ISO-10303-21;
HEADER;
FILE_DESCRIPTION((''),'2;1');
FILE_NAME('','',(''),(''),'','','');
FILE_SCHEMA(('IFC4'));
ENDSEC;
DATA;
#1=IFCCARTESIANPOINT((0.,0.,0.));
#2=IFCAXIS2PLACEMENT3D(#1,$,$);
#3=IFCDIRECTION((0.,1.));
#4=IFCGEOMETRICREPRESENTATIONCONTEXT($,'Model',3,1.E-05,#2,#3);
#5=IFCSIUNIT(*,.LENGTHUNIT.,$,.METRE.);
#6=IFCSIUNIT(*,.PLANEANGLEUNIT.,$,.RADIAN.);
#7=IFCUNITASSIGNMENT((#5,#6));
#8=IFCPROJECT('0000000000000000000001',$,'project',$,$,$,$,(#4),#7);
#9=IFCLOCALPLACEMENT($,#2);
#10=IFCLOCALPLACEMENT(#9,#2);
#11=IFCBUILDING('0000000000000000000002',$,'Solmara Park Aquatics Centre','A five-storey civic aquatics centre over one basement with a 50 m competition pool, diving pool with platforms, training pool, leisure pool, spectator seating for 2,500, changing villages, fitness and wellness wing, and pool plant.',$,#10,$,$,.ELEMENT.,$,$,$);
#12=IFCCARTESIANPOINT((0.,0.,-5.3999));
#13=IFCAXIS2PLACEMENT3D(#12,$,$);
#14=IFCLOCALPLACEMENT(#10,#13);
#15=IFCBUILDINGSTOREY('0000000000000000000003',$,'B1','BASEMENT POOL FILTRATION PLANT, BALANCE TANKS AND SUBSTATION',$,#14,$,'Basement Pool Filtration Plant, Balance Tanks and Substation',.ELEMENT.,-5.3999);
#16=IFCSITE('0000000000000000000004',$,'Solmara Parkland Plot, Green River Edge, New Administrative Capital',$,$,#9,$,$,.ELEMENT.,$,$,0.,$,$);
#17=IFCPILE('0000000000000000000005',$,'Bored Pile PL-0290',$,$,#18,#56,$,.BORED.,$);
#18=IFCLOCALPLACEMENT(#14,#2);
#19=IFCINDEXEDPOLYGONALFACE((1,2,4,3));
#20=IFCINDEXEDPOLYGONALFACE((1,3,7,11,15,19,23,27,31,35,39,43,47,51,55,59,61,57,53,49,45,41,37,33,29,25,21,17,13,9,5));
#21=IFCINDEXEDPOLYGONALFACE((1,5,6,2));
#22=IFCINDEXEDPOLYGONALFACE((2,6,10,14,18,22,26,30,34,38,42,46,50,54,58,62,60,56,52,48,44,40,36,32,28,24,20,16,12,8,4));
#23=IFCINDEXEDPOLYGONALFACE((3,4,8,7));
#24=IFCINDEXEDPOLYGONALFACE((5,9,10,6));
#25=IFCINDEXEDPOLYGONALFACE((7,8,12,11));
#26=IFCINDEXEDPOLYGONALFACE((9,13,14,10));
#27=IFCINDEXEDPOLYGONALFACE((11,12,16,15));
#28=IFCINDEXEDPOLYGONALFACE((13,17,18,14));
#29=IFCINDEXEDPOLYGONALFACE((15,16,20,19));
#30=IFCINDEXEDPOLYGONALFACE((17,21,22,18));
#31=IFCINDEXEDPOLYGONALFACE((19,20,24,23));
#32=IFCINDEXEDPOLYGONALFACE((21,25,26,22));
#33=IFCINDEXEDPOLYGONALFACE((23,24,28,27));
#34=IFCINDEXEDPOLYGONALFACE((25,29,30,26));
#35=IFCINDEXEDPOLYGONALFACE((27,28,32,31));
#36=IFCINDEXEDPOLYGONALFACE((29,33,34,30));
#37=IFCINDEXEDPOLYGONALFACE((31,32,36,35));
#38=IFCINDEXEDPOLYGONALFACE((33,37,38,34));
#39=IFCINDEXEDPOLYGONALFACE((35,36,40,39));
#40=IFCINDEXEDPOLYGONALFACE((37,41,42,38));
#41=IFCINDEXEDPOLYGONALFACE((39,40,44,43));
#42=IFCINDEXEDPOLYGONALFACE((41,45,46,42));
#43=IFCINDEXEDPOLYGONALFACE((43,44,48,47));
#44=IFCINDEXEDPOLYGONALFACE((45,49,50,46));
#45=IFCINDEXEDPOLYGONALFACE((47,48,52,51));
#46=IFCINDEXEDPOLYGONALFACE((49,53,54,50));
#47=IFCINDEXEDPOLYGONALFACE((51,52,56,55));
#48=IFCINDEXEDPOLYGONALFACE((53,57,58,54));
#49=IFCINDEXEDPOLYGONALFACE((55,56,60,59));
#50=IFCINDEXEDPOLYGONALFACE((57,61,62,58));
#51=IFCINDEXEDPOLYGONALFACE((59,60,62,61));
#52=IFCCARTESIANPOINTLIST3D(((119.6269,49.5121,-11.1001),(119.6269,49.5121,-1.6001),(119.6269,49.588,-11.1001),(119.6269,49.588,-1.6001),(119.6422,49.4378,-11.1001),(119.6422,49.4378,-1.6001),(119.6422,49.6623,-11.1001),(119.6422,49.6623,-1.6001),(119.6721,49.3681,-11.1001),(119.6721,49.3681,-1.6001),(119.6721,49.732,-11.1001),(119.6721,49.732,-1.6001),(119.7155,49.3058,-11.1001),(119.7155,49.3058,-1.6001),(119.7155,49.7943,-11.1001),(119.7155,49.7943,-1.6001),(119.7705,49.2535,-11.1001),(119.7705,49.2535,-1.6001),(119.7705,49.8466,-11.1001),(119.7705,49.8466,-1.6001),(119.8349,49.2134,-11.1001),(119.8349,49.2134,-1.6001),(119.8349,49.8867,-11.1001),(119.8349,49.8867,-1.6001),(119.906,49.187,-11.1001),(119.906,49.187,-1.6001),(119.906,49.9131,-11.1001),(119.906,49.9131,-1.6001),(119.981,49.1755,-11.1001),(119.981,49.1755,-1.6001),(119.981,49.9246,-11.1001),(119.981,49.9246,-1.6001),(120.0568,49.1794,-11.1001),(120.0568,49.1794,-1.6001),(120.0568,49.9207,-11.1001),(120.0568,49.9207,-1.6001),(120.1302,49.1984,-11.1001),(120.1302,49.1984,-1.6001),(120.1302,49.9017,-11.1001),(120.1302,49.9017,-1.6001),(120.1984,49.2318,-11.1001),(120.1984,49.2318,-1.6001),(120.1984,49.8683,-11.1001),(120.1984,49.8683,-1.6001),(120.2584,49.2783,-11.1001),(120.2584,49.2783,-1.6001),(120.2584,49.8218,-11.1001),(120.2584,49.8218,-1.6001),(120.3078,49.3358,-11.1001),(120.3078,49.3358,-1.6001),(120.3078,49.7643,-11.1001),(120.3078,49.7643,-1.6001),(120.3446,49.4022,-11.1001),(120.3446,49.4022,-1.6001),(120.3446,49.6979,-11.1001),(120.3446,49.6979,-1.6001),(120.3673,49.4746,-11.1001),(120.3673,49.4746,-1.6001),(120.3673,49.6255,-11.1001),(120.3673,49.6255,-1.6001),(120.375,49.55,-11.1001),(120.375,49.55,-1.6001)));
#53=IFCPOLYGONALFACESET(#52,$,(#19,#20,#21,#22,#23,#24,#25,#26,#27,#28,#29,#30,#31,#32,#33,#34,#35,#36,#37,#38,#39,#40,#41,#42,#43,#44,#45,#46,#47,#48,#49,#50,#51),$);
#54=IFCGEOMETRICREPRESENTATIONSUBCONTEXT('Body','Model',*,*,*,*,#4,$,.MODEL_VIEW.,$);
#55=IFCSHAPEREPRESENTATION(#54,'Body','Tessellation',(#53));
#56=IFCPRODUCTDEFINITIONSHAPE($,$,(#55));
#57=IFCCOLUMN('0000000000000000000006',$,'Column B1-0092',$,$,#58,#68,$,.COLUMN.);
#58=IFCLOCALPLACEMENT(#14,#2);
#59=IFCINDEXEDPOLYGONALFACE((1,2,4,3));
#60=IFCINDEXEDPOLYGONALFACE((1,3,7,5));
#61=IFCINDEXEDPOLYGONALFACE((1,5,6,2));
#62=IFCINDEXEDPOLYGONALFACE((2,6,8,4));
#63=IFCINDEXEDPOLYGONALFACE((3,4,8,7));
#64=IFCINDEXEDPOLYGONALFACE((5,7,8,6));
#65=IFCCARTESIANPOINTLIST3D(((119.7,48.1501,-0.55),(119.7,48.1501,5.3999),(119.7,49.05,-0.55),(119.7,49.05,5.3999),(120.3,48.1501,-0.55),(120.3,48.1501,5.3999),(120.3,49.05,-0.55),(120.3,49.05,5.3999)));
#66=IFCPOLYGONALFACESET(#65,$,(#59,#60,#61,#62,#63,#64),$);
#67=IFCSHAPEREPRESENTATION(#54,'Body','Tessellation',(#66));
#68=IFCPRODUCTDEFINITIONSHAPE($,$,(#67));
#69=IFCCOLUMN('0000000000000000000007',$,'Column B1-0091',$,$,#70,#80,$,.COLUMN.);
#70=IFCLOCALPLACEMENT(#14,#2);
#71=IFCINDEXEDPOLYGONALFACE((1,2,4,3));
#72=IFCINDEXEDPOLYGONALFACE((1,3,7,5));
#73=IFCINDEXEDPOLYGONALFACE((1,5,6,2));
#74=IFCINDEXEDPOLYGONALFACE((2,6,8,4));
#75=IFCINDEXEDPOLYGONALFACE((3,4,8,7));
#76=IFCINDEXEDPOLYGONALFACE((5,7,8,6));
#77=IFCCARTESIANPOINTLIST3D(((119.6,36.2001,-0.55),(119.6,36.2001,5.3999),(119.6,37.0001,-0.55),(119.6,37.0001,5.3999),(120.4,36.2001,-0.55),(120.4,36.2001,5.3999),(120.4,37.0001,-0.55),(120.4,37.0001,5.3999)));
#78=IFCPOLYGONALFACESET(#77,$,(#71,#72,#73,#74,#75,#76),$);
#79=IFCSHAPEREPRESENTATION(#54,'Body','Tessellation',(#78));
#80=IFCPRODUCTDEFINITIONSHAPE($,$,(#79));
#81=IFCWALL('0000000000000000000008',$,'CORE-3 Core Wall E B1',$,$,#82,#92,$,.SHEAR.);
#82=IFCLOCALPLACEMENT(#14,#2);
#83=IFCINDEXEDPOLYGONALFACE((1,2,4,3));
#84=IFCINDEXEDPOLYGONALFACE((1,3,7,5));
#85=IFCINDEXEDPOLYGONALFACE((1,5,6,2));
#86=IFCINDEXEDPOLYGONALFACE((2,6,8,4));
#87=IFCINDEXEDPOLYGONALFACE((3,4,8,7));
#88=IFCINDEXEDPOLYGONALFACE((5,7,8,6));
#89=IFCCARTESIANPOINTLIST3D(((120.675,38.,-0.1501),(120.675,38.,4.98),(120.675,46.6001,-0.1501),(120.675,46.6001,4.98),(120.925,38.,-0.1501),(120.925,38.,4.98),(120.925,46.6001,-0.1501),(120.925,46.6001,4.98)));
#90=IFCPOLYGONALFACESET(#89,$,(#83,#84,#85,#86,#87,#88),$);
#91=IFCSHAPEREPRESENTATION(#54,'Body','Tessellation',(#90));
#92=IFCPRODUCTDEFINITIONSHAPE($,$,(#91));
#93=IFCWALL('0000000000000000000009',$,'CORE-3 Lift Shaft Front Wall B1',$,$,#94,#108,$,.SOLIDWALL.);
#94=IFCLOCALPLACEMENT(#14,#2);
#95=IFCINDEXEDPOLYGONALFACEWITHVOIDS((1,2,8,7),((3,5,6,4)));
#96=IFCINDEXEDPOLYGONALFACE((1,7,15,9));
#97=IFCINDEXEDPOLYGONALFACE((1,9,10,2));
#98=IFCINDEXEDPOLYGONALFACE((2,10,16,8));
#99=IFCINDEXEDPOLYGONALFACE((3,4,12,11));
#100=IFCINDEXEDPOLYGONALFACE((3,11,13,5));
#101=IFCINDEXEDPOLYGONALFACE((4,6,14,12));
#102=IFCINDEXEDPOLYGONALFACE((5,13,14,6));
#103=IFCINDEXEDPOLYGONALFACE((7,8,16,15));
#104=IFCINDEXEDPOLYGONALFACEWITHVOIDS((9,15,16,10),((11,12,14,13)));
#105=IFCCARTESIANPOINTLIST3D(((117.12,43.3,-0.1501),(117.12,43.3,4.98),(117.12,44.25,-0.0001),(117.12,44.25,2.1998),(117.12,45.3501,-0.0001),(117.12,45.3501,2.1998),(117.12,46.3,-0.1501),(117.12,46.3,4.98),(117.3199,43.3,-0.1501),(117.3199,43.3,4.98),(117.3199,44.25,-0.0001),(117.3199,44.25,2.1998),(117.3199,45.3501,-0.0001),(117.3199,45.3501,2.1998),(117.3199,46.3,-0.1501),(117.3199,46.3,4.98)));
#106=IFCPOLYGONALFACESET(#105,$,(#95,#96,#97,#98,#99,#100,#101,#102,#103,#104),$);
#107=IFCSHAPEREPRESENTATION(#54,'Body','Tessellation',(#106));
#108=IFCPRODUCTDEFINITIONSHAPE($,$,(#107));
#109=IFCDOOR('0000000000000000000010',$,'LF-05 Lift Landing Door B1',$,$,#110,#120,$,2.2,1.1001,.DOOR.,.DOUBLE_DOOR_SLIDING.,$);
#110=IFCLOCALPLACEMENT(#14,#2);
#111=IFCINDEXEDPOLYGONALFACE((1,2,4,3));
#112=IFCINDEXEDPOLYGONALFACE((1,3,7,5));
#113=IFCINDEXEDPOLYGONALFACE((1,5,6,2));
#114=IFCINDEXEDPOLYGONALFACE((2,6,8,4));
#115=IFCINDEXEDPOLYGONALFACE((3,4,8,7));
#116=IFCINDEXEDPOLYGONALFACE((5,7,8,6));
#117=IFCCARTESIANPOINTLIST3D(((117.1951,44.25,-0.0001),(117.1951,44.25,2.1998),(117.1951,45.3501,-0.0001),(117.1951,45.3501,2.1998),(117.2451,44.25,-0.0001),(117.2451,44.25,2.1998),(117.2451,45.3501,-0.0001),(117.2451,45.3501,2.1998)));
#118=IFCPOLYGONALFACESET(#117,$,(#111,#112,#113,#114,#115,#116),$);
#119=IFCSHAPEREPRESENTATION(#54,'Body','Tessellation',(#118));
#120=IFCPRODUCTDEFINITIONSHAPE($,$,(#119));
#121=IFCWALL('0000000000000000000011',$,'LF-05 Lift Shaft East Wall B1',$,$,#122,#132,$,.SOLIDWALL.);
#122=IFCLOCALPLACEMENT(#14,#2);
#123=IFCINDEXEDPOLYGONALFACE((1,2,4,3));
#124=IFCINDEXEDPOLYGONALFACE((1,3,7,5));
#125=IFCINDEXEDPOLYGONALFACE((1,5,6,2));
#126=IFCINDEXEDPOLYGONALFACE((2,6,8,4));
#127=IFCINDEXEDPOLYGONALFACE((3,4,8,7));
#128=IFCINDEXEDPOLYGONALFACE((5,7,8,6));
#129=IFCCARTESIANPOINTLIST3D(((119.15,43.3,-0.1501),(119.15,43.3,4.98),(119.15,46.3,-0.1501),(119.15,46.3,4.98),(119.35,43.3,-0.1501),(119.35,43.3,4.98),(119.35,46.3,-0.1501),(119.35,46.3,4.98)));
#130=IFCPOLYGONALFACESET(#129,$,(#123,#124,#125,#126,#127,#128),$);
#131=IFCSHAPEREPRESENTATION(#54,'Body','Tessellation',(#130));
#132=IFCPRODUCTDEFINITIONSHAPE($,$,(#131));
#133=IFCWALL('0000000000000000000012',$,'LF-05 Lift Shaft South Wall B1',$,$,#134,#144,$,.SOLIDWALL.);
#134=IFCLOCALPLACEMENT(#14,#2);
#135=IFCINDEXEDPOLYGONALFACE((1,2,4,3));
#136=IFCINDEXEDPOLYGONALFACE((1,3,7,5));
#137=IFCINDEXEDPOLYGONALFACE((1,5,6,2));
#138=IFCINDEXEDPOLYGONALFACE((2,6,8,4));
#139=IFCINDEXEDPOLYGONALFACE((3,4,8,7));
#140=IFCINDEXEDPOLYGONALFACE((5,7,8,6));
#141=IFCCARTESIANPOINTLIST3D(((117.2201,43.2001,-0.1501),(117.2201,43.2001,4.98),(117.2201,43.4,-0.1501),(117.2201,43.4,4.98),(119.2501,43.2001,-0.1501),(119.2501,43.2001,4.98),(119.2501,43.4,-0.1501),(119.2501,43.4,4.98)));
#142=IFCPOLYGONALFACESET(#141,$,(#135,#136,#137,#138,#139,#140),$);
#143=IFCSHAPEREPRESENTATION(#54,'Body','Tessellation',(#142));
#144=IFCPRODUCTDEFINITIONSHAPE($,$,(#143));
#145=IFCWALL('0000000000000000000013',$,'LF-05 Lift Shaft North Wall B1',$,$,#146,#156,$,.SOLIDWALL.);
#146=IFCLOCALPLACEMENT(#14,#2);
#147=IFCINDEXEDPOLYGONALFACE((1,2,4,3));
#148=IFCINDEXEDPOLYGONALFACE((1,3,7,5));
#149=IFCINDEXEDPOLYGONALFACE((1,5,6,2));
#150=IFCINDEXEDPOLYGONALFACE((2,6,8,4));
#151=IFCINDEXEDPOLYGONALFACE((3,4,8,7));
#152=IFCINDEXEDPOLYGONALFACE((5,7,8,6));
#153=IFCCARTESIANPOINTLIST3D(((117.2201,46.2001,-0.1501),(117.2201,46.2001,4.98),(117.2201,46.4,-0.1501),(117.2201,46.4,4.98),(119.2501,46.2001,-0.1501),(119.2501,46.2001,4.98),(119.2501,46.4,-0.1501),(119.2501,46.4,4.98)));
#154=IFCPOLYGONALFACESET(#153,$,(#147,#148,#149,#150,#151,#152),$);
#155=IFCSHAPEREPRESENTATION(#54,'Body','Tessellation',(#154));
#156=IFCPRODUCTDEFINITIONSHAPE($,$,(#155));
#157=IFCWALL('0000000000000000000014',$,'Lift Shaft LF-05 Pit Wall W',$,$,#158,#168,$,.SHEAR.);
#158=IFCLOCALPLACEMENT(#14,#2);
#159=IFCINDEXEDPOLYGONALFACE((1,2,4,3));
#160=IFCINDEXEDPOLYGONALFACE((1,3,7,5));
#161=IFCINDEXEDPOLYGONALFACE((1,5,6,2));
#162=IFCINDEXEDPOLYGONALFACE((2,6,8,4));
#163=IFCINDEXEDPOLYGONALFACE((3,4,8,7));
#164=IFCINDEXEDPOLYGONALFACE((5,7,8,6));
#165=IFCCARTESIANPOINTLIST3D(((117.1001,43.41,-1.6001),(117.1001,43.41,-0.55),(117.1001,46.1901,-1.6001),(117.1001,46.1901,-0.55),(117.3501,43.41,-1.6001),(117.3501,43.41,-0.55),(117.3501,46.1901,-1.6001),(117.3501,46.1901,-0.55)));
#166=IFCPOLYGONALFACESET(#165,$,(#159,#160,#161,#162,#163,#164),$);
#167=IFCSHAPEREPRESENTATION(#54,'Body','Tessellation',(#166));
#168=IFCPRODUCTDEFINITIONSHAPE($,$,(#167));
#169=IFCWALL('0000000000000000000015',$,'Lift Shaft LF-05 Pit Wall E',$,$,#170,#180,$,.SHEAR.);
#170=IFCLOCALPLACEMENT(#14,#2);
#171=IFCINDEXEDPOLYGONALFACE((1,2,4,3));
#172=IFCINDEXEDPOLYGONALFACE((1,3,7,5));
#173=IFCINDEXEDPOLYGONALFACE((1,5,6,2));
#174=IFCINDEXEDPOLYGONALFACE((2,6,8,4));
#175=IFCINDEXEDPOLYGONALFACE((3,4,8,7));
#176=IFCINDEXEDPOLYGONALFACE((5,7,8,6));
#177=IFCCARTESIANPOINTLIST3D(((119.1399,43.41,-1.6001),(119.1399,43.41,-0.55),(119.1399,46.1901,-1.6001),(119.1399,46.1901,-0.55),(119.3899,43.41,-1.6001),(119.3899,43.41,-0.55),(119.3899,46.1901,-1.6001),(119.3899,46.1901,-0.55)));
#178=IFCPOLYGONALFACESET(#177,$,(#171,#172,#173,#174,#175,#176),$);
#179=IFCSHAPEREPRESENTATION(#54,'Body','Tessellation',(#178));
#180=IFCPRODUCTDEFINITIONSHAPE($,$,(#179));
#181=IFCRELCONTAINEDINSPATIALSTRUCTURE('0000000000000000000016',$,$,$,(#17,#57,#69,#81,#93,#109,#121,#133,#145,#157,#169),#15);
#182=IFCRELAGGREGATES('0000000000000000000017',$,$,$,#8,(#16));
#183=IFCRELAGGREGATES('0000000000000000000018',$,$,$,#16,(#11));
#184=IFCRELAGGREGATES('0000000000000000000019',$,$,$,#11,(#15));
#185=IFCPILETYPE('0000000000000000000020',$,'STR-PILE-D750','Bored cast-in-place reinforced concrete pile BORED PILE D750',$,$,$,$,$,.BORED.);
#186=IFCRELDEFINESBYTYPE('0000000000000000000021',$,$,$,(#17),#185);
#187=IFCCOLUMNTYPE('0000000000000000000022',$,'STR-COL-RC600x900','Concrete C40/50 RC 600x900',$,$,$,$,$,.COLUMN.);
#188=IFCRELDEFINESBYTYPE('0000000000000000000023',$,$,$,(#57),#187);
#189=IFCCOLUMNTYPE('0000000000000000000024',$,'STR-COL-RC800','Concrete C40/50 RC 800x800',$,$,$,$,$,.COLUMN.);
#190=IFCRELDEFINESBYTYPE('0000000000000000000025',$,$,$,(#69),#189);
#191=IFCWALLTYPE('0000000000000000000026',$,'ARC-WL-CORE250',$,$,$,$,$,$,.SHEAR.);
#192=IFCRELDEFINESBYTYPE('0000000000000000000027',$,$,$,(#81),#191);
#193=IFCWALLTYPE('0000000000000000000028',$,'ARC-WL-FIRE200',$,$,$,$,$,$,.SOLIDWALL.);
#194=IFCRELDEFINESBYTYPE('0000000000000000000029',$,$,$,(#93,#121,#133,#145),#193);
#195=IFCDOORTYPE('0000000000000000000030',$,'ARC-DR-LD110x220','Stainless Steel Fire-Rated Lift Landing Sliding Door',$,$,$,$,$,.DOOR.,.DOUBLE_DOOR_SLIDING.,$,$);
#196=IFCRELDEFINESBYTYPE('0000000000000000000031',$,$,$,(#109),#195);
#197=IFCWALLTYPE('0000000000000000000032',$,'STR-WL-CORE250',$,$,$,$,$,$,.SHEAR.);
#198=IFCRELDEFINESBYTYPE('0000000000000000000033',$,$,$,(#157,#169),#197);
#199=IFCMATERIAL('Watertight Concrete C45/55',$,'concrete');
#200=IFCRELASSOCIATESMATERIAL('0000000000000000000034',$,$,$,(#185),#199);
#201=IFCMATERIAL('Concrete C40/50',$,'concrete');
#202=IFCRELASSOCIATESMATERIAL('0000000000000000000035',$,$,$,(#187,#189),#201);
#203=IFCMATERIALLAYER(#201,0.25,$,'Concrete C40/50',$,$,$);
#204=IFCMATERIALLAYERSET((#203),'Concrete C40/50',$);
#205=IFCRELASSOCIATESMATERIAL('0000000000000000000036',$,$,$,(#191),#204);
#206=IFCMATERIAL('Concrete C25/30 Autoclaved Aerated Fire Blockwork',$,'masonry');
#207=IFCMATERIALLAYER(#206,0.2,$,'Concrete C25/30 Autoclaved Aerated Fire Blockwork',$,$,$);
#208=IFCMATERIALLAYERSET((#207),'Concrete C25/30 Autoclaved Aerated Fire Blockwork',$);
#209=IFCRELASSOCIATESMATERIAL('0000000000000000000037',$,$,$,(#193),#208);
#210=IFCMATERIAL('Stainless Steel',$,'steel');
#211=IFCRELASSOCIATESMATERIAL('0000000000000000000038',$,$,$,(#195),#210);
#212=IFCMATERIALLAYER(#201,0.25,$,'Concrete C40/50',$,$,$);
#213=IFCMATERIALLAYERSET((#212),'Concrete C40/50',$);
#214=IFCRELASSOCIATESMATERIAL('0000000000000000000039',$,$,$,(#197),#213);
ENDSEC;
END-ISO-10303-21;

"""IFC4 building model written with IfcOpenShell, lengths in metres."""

from ifc_helpers import new_model, si_unit, direction, frame, frame_2d, origin, origin_2d, place, context, subcontext, project, spatial, rectangle, circle, extrude, material, layer, layer_set, material_profile, profile_set, type_object, element, fill, save


model = new_model("IFC4")

# Units and contexts
model_context = context("Model", 3, precision=1e-05, world=origin(), true_north=direction((0.0, 1.0)))
body_context = subcontext(model_context, "Body", "Model", "MODEL_VIEW")
ifc_project = project(units=[si_unit("LENGTHUNIT", "METRE"), si_unit("PLANEANGLEUNIT", "RADIAN")], contexts=[model_context])

# Site, building, storey
site_placement = place(None, origin())
site = spatial("IfcSite", under=ifc_project, at=site_placement, Name="Solmara Parkland Plot, Green River Edge, New Administrative Capital", CompositionType="ELEMENT", RefElevation=0.0)
building_placement = place(site_placement, origin())
building = spatial("IfcBuilding", under=site, at=building_placement, Name="Solmara Park Aquatics Centre", Description="A five-storey civic aquatics centre over one basement with a 50 m competition pool, diving pool with platforms, training pool, leisure pool, spectator seating for 2,500, changing villages, fitness and wellness wing, and pool plant.", CompositionType="ELEMENT")
storey_placement = place(building_placement, frame((0.0, 0.0, -5.3999)))
storey = spatial("IfcBuildingStorey", under=building, at=storey_placement, Name="B1", Description="BASEMENT POOL FILTRATION PLANT, BALANCE TANKS AND SUBSTATION", LongName="Basement Pool Filtration Plant, Balance Tanks and Substation", CompositionType="ELEMENT", Elevation=-5.3999)

# Shared definitions
ifc_material_1 = material(Name="Watertight Concrete C45/55", Category="concrete")

# Pile
ifc_material_profile_1 = material_profile(ifc_material_1, circle(Radius=0.375, at=origin_2d()), Name="BORED PILE D750")
ifc_profile_set_1 = profile_set([ifc_material_profile_1], Name="Watertight Concrete C45/55")
pile_type = type_object("IfcPileType", Name="STR-PILE-D750", Description="Bored cast-in-place reinforced concrete pile BORED PILE D750", PredefinedType="BORED", material=ifc_profile_set_1)
for number, where, z_axis, x_axis, name in (
    (1, (120.0, 49.55, -1.6001), (0.0, 0.0, -1.0), (1.0, 0.0, 0.0), "Bored Pile PL-0290"),
):
    element("IfcPile", number, at=place(storey_placement, frame(where, z_axis=z_axis, x_axis=x_axis)), inside=storey, type_object=pile_type, Name=name, PredefinedType="BORED", context=body_context, shape_type="SweptSolid", body=[
        extrude(circle(Radius=0.375, at=origin_2d()), origin(), (0.0, 0.0, 1.0), 9.5),
    ])

# Columns
ifc_material_2 = material(Name="Concrete C40/50", Category="concrete")
ifc_material_profile_2 = material_profile(ifc_material_2, rectangle(XDim=0.6001, YDim=0.8999, at=origin_2d()), Name="RC 600x900")
ifc_profile_set_2 = profile_set([ifc_material_profile_2], Name="Concrete C40/50")
column_type_1 = type_object("IfcColumnType", Name="STR-COL-RC600x900", Description="Concrete C40/50 RC 600x900", PredefinedType="COLUMN", material=ifc_profile_set_2)
column_1_placement = place(storey_placement, frame((120.0, 48.6001, -0.55), z_axis=(0.0, 0.0, 1.0), x_axis=(1.0, 0.0, 0.0)))
element("IfcColumn", 2, at=column_1_placement, inside=storey, type_object=column_type_1, Name="Column B1-0092", PredefinedType="COLUMN", context=body_context, shape_type="SweptSolid", body=[
    extrude(rectangle(XDim=0.6001, YDim=0.8999, at=origin_2d()), origin(), (0.0, 0.0, 1.0), 5.95),
])
ifc_material_profile_3 = material_profile(ifc_material_2, rectangle(XDim=0.8, YDim=0.8, at=origin_2d()), Name="RC 800x800")
ifc_profile_set_3 = profile_set([ifc_material_profile_3], Name="Concrete C40/50")
column_type_2 = type_object("IfcColumnType", Name="STR-COL-RC800", Description="Concrete C40/50 RC 800x800", PredefinedType="COLUMN", material=ifc_profile_set_3)
column_2_placement = place(storey_placement, frame((120.0, 36.6001, -0.55), z_axis=(0.0, 0.0, 1.0), x_axis=(1.0, 0.0, 0.0)))
element("IfcColumn", 3, at=column_2_placement, inside=storey, type_object=column_type_2, Name="Column B1-0091", PredefinedType="COLUMN", context=body_context, shape_type="SweptSolid", body=[
    extrude(rectangle(XDim=0.8, YDim=0.8, at=origin_2d()), origin(), (0.0, 0.0, 1.0), 5.95),
])

# Wall
ifc_layer_1 = layer(ifc_material_2, 0.25, Name="Concrete C40/50")
ifc_layer_set_1 = layer_set([ifc_layer_1], Name="Concrete C40/50")
wall_type_1 = type_object("IfcWallType", Name="ARC-WL-CORE250", PredefinedType="SHEAR", material=ifc_layer_set_1)
wall_1_placement = place(storey_placement, frame((120.8, 38.0, -0.1501), z_axis=(0.0, 0.0, 1.0), x_axis=(0.0, 1.0, 0.0)))
element("IfcWall", 4, at=wall_1_placement, inside=storey, type_object=wall_type_1, Name="CORE-3 Core Wall E B1", PredefinedType="SHEAR", context=body_context, shape_type="SweptSolid", body=[
    extrude(rectangle(XDim=8.6001, YDim=0.25, at=frame_2d((4.3, 0.0))), origin(), (0.0, 0.0, 1.0), 5.1301),
])

# Wall, opening, door
ifc_material_3 = material(Name="Concrete C25/30 Autoclaved Aerated Fire Blockwork", Category="masonry")
ifc_layer_2 = layer(ifc_material_3, 0.2, Name="Concrete C25/30 Autoclaved Aerated Fire Blockwork")
ifc_layer_set_2 = layer_set([ifc_layer_2], Name="Concrete C25/30 Autoclaved Aerated Fire Blockwork")
wall_type_2 = type_object("IfcWallType", Name="ARC-WL-FIRE200", PredefinedType="SOLIDWALL", material=ifc_layer_set_2)
wall_2_placement = place(storey_placement, frame((117.22, 43.3, -0.1501), z_axis=(0.0, 0.0, 1.0), x_axis=(0.0, 1.0, 0.0)))
wall_2 = element("IfcWall", 5, at=wall_2_placement, inside=storey, type_object=wall_type_2, Name="CORE-3 Lift Shaft Front Wall B1", PredefinedType="SOLIDWALL", context=body_context, shape_type="SweptSolid", body=[
    extrude(rectangle(XDim=3.0, YDim=0.2, at=frame_2d((1.5, 0.0))), origin(), (0.0, 0.0, 1.0), 5.1301),
])
opening_placement = place(wall_2_placement, frame((0.95, 0.0, 0.1499)))
opening = element("IfcOpeningElement", 6, at=opening_placement, cuts=wall_2, PredefinedType="OPENING", context=body_context, shape_type="SweptSolid", body=[
    extrude(rectangle(XDim=1.1001, YDim=2.2, at=frame_2d((0.55, 1.1001))), frame((0.0, 0.1099, 0.0), z_axis=(0.0, -1.0, 0.0), x_axis=(1.0, 0.0, 0.0)), (0.0, 0.0, 1.0), 0.22),
])
ifc_material_4 = material(Name="Stainless Steel", Category="steel")
door_type = type_object("IfcDoorType", Name="ARC-DR-LD110x220", Description="Stainless Steel Fire-Rated Lift Landing Sliding Door", OperationType="DOUBLE_DOOR_SLIDING", PredefinedType="DOOR", material=ifc_material_4)
door_placement = place(opening_placement, origin())
door = element("IfcDoor", 7, at=door_placement, inside=storey, type_object=door_type, Name="LF-05 Lift Landing Door B1", OperationType="DOUBLE_DOOR_SLIDING", OverallHeight=2.2, OverallWidth=1.1001, PredefinedType="DOOR", context=body_context, shape_type="SweptSolid", body=[
    extrude(rectangle(XDim=1.1001, YDim=2.2, at=frame_2d((0.55, 1.1001))), frame((0.0, 0.0249, 0.0), z_axis=(0.0, -1.0, 0.0), x_axis=(1.0, 0.0, 0.0)), (0.0, 0.0, 1.0), 0.05),
])
fill(opening, door)

# Walls
wall_3_placement = place(storey_placement, frame((119.25, 43.3, -0.1501), z_axis=(0.0, 0.0, 1.0), x_axis=(0.0, 1.0, 0.0)))
element("IfcWall", 8, at=wall_3_placement, inside=storey, type_object=wall_type_2, Name="LF-05 Lift Shaft East Wall B1", PredefinedType="SOLIDWALL", context=body_context, shape_type="SweptSolid", body=[
    extrude(rectangle(XDim=3.0, YDim=0.2, at=frame_2d((1.5, 0.0))), origin(), (0.0, 0.0, 1.0), 5.1301),
])
for number, where, z_axis, x_axis, name in (
    (9, (117.22, 43.3, -0.1501), (0.0, 0.0, 1.0), (1.0, 0.0, 0.0), "LF-05 Lift Shaft South Wall B1"),
    (10, (117.22, 46.3, -0.1501), (0.0, 0.0, 1.0), (1.0, 0.0, 0.0), "LF-05 Lift Shaft North Wall B1"),
):
    element("IfcWall", number, at=place(storey_placement, frame(where, z_axis=z_axis, x_axis=x_axis)), inside=storey, type_object=wall_type_2, Name=name, PredefinedType="SOLIDWALL", context=body_context, shape_type="SweptSolid", body=[
        extrude(rectangle(XDim=2.03, YDim=0.2, at=frame_2d((1.0151, 0.0))), origin(), (0.0, 0.0, 1.0), 5.1301),
    ])
ifc_layer_3 = layer(ifc_material_2, 0.25, Name="Concrete C40/50")
ifc_layer_set_3 = layer_set([ifc_layer_3], Name="Concrete C40/50")
wall_type_3 = type_object("IfcWallType", Name="STR-WL-CORE250", PredefinedType="SHEAR", material=ifc_layer_set_3)
for number, where, z_axis, x_axis, name in (
    (11, (117.2251, 43.4099, -1.6001), (0.0, 0.0, 1.0), (0.0, 1.0, 0.0), "Lift Shaft LF-05 Pit Wall W"),
    (12, (119.2649, 43.4099, -1.6001), (0.0, 0.0, 1.0), (0.0, 1.0, 0.0), "Lift Shaft LF-05 Pit Wall E"),
):
    element("IfcWall", number, at=place(storey_placement, frame(where, z_axis=z_axis, x_axis=x_axis)), inside=storey, type_object=wall_type_3, Name=name, PredefinedType="SHEAR", context=body_context, shape_type="SweptSolid", body=[
        extrude(rectangle(XDim=2.78, YDim=0.25, at=frame_2d((1.3901, 0.0))), origin(), (0.0, 0.0, 1.0), 1.05),
    ])

save(model, "model.ifc")
